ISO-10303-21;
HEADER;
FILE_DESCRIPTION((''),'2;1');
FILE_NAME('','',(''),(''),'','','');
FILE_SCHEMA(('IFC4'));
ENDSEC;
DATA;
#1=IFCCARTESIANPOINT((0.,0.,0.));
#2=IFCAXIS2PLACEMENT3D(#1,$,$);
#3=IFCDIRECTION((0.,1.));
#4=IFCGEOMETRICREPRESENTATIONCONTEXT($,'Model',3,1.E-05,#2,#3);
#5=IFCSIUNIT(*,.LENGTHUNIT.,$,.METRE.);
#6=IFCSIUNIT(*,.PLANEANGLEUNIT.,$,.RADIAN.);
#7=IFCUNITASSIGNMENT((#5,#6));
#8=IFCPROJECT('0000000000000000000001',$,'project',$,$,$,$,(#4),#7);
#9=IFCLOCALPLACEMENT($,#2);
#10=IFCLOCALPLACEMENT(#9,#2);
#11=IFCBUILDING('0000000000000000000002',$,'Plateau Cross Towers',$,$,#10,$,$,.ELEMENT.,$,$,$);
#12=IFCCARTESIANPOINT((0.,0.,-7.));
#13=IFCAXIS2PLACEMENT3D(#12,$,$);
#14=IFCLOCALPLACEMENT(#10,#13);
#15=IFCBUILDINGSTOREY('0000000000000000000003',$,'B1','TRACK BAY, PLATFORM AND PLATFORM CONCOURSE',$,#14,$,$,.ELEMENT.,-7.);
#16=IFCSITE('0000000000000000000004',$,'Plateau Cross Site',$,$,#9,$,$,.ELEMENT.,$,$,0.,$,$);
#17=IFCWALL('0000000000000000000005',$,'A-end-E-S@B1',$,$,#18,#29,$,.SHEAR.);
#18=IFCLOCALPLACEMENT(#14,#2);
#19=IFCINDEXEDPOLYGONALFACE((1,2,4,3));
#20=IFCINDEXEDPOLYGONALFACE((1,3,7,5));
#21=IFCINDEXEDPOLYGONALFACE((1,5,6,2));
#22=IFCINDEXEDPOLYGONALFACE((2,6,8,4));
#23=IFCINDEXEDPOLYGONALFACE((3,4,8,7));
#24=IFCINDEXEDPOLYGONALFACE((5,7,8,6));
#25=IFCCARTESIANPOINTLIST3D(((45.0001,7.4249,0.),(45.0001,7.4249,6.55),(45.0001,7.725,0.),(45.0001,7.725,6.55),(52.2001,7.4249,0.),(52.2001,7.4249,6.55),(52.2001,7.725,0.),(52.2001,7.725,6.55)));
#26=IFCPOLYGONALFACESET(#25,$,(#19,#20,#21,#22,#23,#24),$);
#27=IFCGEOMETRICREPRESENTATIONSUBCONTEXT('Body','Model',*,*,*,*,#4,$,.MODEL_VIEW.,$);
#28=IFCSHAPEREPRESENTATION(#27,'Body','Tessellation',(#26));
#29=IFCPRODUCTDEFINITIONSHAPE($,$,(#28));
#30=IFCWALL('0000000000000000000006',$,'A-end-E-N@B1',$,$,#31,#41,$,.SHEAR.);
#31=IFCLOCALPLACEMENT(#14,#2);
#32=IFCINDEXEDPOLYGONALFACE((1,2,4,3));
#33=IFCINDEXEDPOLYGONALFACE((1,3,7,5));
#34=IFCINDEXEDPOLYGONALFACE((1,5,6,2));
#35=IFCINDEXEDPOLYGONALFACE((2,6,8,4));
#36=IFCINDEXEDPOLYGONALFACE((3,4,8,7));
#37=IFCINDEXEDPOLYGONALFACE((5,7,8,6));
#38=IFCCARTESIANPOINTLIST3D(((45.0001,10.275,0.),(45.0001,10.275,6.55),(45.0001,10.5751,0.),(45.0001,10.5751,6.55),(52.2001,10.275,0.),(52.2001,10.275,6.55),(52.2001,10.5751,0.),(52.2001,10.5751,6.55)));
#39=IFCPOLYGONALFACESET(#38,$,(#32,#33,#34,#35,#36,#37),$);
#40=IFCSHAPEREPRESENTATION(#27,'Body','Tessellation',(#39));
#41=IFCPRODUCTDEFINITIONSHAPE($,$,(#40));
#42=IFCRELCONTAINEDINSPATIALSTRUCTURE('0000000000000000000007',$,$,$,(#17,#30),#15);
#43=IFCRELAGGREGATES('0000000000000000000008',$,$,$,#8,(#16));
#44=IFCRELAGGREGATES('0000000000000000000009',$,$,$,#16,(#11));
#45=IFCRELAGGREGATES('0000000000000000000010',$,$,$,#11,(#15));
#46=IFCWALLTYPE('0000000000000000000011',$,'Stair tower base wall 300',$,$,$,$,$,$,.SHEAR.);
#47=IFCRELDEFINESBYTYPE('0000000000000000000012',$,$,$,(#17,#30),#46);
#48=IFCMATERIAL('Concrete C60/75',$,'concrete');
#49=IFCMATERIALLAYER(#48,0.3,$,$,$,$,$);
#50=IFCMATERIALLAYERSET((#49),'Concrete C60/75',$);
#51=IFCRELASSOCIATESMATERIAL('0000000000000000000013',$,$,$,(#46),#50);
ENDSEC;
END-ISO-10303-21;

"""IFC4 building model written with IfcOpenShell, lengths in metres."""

from ifc_helpers import new_model, si_unit, direction, frame, frame_2d, origin, place, context, subcontext, project, spatial, rectangle, extrude, material, layer, layer_set, type_object, element, save


model = new_model("IFC4")

# Units and contexts
model_context = context("Model", 3, precision=1e-05, world=origin(), true_north=direction((0.0, 1.0)))
body_context = subcontext(model_context, "Body", "Model", "MODEL_VIEW")
ifc_project = project(units=[si_unit("LENGTHUNIT", "METRE"), si_unit("PLANEANGLEUNIT", "RADIAN")], contexts=[model_context])

# Site, building, storey
site_placement = place(None, origin())
site = spatial("IfcSite", under=ifc_project, at=site_placement, Name="Plateau Cross Site", CompositionType="ELEMENT", RefElevation=0.0)
building_placement = place(site_placement, origin())
building = spatial("IfcBuilding", under=site, at=building_placement, Name="Plateau Cross Towers", CompositionType="ELEMENT")
storey_placement = place(building_placement, frame((0.0, 0.0, -7.0)))
storey = spatial("IfcBuildingStorey", under=building, at=storey_placement, Name="B1", Description="TRACK BAY, PLATFORM AND PLATFORM CONCOURSE", CompositionType="ELEMENT", Elevation=-7.0)

# Shared definitions
ifc_material_1 = material(Name="Concrete C60/75", Category="concrete")

# Walls
ifc_layer_1 = layer(ifc_material_1, 0.3)
ifc_layer_set_1 = layer_set([ifc_layer_1], Name="Concrete C60/75")
wall_type_1 = type_object("IfcWallType", Name="Stair tower base wall 300", PredefinedType="SHEAR", material=ifc_layer_set_1)
for number, where, z_axis, x_axis, name in (
    (1, (45.0, 7.575, 0.0), (0.0, 0.0, 1.0), (1.0, 0.0, 0.0), "A-end-E-S@B1"),
    (2, (45.0, 10.425, 0.0), (0.0, 0.0, 1.0), (1.0, 0.0, 0.0), "A-end-E-N@B1"),
):
    element("IfcWall", number, at=place(storey_placement, frame(where, z_axis=z_axis, x_axis=x_axis)), inside=storey, type_object=wall_type_1, Name=name, PredefinedType="SHEAR", context=body_context, shape_type="SweptSolid", body=[
        extrude(rectangle(XDim=7.2, YDim=0.3, at=frame_2d((3.6001, 0.0))), origin(), (0.0, 0.0, 1.0), 6.55),
    ])

save(model, "model.ifc")
